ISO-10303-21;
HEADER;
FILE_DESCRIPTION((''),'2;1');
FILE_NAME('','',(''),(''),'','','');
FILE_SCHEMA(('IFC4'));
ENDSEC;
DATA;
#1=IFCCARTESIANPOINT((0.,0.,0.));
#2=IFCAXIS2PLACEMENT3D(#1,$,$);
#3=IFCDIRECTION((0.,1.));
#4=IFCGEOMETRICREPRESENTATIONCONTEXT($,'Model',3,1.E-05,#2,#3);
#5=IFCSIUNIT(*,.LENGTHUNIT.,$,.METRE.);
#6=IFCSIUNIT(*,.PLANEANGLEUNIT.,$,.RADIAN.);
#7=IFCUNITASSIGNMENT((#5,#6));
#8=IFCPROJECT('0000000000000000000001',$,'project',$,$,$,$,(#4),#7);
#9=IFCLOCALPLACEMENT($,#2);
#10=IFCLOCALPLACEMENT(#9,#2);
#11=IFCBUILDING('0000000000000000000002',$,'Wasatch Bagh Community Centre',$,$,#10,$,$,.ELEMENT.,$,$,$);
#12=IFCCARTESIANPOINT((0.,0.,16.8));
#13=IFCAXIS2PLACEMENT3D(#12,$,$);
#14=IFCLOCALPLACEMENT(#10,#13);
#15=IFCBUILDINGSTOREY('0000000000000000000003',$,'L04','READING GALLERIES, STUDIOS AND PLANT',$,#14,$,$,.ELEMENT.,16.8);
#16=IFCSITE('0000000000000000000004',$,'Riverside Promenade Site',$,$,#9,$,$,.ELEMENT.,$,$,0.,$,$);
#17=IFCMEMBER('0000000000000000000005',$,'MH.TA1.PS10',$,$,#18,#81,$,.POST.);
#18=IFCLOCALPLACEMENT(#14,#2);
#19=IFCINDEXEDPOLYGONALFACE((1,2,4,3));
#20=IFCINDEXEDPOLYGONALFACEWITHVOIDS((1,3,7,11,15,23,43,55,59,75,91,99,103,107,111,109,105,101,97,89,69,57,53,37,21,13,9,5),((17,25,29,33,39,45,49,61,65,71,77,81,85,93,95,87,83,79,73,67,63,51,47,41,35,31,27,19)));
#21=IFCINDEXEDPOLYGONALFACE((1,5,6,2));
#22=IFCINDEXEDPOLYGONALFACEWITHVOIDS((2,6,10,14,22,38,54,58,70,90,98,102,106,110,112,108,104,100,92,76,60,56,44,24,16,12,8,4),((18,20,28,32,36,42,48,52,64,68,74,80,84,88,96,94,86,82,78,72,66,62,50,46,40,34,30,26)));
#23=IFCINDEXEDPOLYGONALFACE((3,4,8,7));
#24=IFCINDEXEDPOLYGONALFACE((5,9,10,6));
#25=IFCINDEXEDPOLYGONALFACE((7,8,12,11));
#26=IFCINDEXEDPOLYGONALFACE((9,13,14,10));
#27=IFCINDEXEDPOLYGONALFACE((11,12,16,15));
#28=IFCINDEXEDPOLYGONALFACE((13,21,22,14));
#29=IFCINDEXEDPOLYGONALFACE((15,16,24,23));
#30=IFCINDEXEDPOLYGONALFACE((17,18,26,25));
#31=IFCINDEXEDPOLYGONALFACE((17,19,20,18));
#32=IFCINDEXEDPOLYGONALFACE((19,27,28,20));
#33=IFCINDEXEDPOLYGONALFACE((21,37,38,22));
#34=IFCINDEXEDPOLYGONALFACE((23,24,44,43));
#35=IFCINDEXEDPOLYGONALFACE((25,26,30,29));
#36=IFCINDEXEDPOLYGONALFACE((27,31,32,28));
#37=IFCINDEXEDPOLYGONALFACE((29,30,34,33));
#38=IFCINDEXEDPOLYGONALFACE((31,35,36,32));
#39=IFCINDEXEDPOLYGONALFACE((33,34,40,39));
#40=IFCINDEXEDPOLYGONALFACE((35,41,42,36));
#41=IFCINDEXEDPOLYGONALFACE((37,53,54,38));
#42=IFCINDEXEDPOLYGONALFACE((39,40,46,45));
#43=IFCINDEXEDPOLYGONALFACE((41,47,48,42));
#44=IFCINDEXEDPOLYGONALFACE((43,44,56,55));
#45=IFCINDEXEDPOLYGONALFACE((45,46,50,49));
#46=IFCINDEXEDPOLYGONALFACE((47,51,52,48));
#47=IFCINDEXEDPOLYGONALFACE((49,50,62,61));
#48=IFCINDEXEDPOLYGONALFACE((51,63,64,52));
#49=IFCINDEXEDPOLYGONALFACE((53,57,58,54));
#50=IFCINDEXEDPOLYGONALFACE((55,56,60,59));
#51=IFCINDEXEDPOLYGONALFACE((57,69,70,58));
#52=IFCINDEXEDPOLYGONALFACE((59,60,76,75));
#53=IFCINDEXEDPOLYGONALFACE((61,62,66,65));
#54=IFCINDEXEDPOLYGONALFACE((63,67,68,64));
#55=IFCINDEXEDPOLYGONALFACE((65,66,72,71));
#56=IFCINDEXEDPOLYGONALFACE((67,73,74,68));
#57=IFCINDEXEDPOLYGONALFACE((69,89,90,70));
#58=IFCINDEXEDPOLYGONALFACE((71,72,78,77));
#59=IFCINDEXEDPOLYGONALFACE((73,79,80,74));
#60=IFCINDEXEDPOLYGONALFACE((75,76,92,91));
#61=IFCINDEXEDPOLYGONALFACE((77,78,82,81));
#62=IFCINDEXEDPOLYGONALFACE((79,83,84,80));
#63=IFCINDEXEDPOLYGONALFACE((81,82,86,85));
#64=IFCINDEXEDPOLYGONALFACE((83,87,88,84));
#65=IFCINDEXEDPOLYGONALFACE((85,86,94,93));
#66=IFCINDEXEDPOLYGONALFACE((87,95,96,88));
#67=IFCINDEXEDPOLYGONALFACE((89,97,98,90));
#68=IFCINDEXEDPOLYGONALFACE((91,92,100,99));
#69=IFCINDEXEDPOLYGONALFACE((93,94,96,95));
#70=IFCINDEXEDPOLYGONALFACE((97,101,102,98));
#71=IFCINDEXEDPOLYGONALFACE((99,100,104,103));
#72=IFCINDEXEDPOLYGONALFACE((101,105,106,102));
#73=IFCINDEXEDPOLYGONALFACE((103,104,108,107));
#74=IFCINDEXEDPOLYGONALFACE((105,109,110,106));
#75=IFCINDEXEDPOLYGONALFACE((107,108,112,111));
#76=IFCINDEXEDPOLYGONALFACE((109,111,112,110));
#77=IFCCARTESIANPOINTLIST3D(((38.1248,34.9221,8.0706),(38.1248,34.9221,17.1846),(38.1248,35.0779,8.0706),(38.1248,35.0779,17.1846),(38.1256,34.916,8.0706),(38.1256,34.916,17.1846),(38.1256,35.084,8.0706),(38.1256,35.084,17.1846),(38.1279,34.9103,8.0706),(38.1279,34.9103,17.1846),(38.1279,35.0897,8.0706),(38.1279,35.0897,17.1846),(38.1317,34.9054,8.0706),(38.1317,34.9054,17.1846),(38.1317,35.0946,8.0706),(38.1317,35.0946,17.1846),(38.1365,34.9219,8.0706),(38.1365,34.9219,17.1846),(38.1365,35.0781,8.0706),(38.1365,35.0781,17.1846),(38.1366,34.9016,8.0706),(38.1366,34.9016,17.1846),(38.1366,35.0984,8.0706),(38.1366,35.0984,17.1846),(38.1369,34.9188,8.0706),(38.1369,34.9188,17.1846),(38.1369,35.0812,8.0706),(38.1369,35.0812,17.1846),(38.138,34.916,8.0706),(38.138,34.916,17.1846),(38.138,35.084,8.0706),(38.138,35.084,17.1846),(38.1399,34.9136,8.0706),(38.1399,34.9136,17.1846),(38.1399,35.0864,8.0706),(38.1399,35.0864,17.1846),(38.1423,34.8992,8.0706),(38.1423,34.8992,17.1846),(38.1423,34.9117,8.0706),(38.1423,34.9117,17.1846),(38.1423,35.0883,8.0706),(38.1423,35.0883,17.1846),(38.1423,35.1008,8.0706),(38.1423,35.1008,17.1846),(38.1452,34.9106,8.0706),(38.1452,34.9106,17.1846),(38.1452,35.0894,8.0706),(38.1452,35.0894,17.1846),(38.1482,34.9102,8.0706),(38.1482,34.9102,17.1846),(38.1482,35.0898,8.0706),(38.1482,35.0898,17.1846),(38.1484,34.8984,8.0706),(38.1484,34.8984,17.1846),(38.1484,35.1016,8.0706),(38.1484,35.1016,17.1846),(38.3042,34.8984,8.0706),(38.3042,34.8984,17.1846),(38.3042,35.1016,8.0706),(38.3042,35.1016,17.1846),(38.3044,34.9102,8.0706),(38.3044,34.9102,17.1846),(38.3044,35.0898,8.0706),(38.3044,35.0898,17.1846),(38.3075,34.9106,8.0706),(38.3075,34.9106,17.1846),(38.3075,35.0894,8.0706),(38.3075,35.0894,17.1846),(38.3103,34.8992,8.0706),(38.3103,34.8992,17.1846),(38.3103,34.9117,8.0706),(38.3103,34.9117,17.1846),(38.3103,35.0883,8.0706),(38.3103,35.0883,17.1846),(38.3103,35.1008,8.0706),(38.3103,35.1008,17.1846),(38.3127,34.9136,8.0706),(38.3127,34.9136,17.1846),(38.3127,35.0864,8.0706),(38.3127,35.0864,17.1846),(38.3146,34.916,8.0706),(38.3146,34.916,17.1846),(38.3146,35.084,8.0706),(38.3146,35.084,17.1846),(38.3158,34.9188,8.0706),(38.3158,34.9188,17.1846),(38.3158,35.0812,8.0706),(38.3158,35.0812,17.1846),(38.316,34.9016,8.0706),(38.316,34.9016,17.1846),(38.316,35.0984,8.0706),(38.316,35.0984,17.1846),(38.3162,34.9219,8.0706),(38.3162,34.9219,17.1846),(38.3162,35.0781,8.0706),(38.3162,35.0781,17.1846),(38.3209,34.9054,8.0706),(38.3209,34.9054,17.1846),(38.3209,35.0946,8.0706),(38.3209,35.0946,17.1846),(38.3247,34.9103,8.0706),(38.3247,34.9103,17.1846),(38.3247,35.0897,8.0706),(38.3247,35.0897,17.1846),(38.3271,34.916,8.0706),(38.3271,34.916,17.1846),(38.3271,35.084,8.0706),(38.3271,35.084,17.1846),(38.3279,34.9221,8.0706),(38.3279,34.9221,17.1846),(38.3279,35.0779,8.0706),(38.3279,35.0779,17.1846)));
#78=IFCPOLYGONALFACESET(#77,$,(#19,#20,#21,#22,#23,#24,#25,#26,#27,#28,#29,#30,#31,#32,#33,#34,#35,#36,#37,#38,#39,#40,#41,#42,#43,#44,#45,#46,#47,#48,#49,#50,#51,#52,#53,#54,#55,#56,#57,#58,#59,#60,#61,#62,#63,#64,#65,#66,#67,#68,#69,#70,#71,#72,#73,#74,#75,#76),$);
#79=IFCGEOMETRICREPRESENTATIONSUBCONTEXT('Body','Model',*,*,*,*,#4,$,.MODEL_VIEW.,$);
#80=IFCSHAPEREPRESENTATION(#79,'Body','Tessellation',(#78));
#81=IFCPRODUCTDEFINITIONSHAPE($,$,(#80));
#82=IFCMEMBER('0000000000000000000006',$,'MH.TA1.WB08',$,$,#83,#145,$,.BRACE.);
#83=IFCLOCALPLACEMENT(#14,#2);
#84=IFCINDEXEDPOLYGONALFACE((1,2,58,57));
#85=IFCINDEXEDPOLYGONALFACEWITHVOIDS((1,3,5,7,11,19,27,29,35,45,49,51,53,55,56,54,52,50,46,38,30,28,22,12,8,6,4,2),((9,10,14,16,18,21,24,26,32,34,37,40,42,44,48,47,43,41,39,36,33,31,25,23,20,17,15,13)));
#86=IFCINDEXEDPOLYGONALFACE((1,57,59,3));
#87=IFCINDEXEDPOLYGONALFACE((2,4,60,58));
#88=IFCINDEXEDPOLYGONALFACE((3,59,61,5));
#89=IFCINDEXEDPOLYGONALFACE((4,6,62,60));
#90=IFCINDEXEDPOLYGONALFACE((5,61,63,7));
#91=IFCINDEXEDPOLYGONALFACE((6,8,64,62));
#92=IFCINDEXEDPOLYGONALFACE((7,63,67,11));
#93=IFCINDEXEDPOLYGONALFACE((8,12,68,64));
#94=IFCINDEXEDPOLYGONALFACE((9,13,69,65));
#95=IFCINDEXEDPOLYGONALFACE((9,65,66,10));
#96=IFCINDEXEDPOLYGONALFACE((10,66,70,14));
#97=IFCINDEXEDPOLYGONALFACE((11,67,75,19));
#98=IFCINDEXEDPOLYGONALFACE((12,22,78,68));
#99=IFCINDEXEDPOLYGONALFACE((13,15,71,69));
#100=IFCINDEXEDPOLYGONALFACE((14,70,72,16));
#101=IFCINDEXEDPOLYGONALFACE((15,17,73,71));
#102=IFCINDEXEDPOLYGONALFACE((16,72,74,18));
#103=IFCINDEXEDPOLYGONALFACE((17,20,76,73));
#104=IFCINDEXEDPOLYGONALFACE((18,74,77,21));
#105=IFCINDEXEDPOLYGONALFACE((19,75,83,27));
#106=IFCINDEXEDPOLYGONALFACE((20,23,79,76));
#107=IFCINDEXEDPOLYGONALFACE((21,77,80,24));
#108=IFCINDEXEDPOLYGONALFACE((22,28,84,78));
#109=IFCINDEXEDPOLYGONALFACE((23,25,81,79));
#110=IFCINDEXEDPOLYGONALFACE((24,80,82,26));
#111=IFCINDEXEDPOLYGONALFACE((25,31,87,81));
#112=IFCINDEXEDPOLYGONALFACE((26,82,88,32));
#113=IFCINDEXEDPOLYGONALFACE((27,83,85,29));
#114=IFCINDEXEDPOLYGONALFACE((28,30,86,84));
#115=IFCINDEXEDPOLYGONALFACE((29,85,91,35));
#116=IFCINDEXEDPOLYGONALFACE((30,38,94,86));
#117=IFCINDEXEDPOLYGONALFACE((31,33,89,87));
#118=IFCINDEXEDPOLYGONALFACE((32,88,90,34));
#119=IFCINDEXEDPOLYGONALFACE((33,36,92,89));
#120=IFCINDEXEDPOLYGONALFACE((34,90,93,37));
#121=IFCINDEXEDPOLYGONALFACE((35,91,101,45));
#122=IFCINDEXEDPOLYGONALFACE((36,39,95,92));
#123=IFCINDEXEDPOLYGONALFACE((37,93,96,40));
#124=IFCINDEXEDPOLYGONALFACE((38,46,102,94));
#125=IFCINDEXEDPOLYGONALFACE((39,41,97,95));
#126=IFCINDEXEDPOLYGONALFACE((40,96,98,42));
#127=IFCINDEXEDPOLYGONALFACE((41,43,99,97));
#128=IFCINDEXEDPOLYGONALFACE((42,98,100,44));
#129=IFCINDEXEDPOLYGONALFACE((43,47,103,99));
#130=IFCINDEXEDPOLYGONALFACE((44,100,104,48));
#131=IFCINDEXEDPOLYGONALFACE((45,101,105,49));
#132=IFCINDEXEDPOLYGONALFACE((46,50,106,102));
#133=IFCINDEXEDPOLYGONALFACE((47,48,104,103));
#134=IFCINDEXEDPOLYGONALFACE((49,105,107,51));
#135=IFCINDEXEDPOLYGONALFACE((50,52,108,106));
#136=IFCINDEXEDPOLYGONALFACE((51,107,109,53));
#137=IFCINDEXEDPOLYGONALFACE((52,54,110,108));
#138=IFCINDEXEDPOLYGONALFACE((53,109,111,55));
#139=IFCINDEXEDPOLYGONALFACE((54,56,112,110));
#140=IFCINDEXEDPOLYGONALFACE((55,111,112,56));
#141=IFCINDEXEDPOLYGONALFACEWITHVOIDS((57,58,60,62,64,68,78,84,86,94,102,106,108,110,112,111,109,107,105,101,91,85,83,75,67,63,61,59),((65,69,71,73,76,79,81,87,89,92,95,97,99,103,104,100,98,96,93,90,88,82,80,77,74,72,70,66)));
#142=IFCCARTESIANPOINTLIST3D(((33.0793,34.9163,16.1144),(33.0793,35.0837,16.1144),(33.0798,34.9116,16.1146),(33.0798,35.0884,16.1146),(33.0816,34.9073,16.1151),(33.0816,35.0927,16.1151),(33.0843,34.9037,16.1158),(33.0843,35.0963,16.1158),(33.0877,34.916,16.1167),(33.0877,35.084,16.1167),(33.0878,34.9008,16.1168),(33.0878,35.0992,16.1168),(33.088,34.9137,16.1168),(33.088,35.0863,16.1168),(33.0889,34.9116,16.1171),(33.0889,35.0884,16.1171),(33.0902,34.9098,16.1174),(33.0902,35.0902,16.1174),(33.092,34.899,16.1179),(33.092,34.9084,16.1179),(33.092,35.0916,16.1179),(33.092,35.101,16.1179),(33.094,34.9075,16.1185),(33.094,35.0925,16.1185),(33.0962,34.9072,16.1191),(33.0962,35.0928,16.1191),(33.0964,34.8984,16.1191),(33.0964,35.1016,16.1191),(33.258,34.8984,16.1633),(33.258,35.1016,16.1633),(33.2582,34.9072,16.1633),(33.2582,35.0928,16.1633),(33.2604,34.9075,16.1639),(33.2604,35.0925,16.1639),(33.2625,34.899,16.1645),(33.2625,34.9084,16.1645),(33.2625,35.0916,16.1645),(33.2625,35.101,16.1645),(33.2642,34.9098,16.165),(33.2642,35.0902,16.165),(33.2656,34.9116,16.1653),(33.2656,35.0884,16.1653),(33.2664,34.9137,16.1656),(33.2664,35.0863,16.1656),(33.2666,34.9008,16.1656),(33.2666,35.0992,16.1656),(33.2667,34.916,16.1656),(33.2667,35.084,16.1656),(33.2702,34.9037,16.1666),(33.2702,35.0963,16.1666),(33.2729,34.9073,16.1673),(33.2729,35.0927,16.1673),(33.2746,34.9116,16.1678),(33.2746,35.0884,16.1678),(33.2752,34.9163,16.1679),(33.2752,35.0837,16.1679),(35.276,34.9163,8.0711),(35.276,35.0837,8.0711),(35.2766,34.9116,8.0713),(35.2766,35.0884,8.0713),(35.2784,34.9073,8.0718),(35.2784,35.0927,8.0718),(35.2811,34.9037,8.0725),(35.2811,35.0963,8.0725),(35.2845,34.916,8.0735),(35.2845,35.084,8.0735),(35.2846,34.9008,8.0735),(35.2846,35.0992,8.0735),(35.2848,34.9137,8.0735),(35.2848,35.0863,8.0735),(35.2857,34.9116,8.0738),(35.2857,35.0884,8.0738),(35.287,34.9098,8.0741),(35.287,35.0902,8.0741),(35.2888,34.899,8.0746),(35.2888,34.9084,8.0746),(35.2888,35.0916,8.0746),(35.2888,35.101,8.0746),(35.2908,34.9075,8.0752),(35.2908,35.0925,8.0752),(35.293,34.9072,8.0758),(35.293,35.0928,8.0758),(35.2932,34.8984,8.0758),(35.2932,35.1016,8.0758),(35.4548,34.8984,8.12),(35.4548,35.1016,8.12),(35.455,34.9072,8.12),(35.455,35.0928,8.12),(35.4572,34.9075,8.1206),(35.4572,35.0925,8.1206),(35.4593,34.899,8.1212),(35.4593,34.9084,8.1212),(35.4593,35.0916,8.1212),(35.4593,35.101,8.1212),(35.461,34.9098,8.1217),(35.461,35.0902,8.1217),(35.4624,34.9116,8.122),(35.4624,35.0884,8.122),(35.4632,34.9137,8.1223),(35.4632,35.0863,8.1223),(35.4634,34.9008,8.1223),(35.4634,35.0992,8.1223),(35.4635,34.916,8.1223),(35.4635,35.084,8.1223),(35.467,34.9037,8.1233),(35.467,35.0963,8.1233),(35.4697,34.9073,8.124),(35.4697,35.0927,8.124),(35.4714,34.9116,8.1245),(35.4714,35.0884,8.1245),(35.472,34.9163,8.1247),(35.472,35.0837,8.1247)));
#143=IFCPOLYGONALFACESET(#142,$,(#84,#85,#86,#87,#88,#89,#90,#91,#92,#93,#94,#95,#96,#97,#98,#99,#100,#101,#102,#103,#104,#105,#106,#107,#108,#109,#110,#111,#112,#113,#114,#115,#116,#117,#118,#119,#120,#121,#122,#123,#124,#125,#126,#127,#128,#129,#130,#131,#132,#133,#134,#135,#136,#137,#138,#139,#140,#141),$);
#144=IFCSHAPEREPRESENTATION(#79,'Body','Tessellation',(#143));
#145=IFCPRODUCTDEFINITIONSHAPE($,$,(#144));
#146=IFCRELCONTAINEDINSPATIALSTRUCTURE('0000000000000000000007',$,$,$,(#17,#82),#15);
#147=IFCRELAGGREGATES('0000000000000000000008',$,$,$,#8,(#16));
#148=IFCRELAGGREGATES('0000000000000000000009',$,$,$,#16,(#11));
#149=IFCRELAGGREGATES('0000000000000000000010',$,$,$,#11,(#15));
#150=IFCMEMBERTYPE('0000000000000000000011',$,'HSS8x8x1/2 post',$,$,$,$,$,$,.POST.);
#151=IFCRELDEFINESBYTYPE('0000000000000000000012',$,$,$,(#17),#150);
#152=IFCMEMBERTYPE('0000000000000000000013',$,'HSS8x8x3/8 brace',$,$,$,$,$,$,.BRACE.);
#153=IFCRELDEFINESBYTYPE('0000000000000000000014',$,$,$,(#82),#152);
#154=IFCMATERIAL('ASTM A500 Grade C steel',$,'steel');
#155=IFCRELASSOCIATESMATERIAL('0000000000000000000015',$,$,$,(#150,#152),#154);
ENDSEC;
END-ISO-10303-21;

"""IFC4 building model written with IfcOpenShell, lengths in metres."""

from ifc_helpers import new_model, si_unit, direction, frame, origin, origin_2d, place, context, subcontext, project, spatial, hollow_rectangle, extrude, material, material_profile, profile_set, type_object, element, save


model = new_model("IFC4")

# Units and contexts
model_context = context("Model", 3, precision=1e-05, world=origin(), true_north=direction((0.0, 1.0)))
body_context = subcontext(model_context, "Body", "Model", "MODEL_VIEW")
ifc_project = project(units=[si_unit("LENGTHUNIT", "METRE"), si_unit("PLANEANGLEUNIT", "RADIAN")], contexts=[model_context])

# Site, building, storey
site_placement = place(None, origin())
site = spatial("IfcSite", under=ifc_project, at=site_placement, Name="Riverside Promenade Site", CompositionType="ELEMENT", RefElevation=0.0)
building_placement = place(site_placement, origin())
building = spatial("IfcBuilding", under=site, at=building_placement, Name="Wasatch Bagh Community Centre", CompositionType="ELEMENT")
storey_placement = place(building_placement, frame((0.0, 0.0, 16.8)))
storey = spatial("IfcBuildingStorey", under=building, at=storey_placement, Name="L04", Description="READING GALLERIES, STUDIOS AND PLANT", CompositionType="ELEMENT", Elevation=16.8)

# Members
ifc_material_1 = material(Name="ASTM A500 Grade C steel", Category="steel")
ifc_material_profile_1 = material_profile(ifc_material_1, hollow_rectangle(XDim=0.2031, YDim=0.2031, WallThickness=0.0117, InnerFilletRadius=0.0117, OuterFilletRadius=0.0237, at=origin_2d()), Name="HSS8x8x1/2")
ifc_profile_set_1 = profile_set([ifc_material_profile_1], Name="ASTM A500 Grade C steel")
member_type_1 = type_object("IfcMemberType", Name="HSS8x8x1/2 post", PredefinedType="POST", material=ifc_profile_set_1)
member_1_placement = place(storey_placement, frame((38.2263, 35.0, 8.0706), z_axis=(0.0, 0.0, 1.0), x_axis=(1.0, 0.0, 0.0)))
element("IfcMember", 1, at=member_1_placement, inside=storey, type_object=member_type_1, Name="MH.TA1.PS10", PredefinedType="POST", context=body_context, shape_type="SweptSolid", body=[
    extrude(hollow_rectangle(XDim=0.2031, YDim=0.2031, WallThickness=0.0117, InnerFilletRadius=0.0117, OuterFilletRadius=0.0237, at=origin_2d()), origin(), (0.0, 0.0, 1.0), 9.114),
])
ifc_material_profile_2 = material_profile(ifc_material_1, hollow_rectangle(XDim=0.2031, YDim=0.2031, WallThickness=0.0088, InnerFilletRadius=0.0088, OuterFilletRadius=0.0178, at=origin_2d()), Name="HSS8x8x3/8")
ifc_profile_set_2 = profile_set([ifc_material_profile_2], Name="ASTM A500 Grade C steel")
member_type_2 = type_object("IfcMemberType", Name="HSS8x8x3/8 brace", PredefinedType="BRACE", material=ifc_profile_set_2)
member_2_placement = place(storey_placement, frame((35.374, 35.0, 8.0979), z_axis=(-0.263472, 0.0, 0.964667), x_axis=(0.0, -1.0, 0.0)))
element("IfcMember", 2, at=member_2_placement, inside=storey, type_object=member_type_2, Name="MH.TA1.WB08", PredefinedType="BRACE", context=body_context, shape_type="SweptSolid", body=[
    extrude(hollow_rectangle(XDim=0.2031, YDim=0.2031, WallThickness=0.0088, InnerFilletRadius=0.0088, OuterFilletRadius=0.0178, at=origin_2d()), origin(), (0.0, 0.0, 1.0), 8.3379),
])

save(model, "model.ifc")
